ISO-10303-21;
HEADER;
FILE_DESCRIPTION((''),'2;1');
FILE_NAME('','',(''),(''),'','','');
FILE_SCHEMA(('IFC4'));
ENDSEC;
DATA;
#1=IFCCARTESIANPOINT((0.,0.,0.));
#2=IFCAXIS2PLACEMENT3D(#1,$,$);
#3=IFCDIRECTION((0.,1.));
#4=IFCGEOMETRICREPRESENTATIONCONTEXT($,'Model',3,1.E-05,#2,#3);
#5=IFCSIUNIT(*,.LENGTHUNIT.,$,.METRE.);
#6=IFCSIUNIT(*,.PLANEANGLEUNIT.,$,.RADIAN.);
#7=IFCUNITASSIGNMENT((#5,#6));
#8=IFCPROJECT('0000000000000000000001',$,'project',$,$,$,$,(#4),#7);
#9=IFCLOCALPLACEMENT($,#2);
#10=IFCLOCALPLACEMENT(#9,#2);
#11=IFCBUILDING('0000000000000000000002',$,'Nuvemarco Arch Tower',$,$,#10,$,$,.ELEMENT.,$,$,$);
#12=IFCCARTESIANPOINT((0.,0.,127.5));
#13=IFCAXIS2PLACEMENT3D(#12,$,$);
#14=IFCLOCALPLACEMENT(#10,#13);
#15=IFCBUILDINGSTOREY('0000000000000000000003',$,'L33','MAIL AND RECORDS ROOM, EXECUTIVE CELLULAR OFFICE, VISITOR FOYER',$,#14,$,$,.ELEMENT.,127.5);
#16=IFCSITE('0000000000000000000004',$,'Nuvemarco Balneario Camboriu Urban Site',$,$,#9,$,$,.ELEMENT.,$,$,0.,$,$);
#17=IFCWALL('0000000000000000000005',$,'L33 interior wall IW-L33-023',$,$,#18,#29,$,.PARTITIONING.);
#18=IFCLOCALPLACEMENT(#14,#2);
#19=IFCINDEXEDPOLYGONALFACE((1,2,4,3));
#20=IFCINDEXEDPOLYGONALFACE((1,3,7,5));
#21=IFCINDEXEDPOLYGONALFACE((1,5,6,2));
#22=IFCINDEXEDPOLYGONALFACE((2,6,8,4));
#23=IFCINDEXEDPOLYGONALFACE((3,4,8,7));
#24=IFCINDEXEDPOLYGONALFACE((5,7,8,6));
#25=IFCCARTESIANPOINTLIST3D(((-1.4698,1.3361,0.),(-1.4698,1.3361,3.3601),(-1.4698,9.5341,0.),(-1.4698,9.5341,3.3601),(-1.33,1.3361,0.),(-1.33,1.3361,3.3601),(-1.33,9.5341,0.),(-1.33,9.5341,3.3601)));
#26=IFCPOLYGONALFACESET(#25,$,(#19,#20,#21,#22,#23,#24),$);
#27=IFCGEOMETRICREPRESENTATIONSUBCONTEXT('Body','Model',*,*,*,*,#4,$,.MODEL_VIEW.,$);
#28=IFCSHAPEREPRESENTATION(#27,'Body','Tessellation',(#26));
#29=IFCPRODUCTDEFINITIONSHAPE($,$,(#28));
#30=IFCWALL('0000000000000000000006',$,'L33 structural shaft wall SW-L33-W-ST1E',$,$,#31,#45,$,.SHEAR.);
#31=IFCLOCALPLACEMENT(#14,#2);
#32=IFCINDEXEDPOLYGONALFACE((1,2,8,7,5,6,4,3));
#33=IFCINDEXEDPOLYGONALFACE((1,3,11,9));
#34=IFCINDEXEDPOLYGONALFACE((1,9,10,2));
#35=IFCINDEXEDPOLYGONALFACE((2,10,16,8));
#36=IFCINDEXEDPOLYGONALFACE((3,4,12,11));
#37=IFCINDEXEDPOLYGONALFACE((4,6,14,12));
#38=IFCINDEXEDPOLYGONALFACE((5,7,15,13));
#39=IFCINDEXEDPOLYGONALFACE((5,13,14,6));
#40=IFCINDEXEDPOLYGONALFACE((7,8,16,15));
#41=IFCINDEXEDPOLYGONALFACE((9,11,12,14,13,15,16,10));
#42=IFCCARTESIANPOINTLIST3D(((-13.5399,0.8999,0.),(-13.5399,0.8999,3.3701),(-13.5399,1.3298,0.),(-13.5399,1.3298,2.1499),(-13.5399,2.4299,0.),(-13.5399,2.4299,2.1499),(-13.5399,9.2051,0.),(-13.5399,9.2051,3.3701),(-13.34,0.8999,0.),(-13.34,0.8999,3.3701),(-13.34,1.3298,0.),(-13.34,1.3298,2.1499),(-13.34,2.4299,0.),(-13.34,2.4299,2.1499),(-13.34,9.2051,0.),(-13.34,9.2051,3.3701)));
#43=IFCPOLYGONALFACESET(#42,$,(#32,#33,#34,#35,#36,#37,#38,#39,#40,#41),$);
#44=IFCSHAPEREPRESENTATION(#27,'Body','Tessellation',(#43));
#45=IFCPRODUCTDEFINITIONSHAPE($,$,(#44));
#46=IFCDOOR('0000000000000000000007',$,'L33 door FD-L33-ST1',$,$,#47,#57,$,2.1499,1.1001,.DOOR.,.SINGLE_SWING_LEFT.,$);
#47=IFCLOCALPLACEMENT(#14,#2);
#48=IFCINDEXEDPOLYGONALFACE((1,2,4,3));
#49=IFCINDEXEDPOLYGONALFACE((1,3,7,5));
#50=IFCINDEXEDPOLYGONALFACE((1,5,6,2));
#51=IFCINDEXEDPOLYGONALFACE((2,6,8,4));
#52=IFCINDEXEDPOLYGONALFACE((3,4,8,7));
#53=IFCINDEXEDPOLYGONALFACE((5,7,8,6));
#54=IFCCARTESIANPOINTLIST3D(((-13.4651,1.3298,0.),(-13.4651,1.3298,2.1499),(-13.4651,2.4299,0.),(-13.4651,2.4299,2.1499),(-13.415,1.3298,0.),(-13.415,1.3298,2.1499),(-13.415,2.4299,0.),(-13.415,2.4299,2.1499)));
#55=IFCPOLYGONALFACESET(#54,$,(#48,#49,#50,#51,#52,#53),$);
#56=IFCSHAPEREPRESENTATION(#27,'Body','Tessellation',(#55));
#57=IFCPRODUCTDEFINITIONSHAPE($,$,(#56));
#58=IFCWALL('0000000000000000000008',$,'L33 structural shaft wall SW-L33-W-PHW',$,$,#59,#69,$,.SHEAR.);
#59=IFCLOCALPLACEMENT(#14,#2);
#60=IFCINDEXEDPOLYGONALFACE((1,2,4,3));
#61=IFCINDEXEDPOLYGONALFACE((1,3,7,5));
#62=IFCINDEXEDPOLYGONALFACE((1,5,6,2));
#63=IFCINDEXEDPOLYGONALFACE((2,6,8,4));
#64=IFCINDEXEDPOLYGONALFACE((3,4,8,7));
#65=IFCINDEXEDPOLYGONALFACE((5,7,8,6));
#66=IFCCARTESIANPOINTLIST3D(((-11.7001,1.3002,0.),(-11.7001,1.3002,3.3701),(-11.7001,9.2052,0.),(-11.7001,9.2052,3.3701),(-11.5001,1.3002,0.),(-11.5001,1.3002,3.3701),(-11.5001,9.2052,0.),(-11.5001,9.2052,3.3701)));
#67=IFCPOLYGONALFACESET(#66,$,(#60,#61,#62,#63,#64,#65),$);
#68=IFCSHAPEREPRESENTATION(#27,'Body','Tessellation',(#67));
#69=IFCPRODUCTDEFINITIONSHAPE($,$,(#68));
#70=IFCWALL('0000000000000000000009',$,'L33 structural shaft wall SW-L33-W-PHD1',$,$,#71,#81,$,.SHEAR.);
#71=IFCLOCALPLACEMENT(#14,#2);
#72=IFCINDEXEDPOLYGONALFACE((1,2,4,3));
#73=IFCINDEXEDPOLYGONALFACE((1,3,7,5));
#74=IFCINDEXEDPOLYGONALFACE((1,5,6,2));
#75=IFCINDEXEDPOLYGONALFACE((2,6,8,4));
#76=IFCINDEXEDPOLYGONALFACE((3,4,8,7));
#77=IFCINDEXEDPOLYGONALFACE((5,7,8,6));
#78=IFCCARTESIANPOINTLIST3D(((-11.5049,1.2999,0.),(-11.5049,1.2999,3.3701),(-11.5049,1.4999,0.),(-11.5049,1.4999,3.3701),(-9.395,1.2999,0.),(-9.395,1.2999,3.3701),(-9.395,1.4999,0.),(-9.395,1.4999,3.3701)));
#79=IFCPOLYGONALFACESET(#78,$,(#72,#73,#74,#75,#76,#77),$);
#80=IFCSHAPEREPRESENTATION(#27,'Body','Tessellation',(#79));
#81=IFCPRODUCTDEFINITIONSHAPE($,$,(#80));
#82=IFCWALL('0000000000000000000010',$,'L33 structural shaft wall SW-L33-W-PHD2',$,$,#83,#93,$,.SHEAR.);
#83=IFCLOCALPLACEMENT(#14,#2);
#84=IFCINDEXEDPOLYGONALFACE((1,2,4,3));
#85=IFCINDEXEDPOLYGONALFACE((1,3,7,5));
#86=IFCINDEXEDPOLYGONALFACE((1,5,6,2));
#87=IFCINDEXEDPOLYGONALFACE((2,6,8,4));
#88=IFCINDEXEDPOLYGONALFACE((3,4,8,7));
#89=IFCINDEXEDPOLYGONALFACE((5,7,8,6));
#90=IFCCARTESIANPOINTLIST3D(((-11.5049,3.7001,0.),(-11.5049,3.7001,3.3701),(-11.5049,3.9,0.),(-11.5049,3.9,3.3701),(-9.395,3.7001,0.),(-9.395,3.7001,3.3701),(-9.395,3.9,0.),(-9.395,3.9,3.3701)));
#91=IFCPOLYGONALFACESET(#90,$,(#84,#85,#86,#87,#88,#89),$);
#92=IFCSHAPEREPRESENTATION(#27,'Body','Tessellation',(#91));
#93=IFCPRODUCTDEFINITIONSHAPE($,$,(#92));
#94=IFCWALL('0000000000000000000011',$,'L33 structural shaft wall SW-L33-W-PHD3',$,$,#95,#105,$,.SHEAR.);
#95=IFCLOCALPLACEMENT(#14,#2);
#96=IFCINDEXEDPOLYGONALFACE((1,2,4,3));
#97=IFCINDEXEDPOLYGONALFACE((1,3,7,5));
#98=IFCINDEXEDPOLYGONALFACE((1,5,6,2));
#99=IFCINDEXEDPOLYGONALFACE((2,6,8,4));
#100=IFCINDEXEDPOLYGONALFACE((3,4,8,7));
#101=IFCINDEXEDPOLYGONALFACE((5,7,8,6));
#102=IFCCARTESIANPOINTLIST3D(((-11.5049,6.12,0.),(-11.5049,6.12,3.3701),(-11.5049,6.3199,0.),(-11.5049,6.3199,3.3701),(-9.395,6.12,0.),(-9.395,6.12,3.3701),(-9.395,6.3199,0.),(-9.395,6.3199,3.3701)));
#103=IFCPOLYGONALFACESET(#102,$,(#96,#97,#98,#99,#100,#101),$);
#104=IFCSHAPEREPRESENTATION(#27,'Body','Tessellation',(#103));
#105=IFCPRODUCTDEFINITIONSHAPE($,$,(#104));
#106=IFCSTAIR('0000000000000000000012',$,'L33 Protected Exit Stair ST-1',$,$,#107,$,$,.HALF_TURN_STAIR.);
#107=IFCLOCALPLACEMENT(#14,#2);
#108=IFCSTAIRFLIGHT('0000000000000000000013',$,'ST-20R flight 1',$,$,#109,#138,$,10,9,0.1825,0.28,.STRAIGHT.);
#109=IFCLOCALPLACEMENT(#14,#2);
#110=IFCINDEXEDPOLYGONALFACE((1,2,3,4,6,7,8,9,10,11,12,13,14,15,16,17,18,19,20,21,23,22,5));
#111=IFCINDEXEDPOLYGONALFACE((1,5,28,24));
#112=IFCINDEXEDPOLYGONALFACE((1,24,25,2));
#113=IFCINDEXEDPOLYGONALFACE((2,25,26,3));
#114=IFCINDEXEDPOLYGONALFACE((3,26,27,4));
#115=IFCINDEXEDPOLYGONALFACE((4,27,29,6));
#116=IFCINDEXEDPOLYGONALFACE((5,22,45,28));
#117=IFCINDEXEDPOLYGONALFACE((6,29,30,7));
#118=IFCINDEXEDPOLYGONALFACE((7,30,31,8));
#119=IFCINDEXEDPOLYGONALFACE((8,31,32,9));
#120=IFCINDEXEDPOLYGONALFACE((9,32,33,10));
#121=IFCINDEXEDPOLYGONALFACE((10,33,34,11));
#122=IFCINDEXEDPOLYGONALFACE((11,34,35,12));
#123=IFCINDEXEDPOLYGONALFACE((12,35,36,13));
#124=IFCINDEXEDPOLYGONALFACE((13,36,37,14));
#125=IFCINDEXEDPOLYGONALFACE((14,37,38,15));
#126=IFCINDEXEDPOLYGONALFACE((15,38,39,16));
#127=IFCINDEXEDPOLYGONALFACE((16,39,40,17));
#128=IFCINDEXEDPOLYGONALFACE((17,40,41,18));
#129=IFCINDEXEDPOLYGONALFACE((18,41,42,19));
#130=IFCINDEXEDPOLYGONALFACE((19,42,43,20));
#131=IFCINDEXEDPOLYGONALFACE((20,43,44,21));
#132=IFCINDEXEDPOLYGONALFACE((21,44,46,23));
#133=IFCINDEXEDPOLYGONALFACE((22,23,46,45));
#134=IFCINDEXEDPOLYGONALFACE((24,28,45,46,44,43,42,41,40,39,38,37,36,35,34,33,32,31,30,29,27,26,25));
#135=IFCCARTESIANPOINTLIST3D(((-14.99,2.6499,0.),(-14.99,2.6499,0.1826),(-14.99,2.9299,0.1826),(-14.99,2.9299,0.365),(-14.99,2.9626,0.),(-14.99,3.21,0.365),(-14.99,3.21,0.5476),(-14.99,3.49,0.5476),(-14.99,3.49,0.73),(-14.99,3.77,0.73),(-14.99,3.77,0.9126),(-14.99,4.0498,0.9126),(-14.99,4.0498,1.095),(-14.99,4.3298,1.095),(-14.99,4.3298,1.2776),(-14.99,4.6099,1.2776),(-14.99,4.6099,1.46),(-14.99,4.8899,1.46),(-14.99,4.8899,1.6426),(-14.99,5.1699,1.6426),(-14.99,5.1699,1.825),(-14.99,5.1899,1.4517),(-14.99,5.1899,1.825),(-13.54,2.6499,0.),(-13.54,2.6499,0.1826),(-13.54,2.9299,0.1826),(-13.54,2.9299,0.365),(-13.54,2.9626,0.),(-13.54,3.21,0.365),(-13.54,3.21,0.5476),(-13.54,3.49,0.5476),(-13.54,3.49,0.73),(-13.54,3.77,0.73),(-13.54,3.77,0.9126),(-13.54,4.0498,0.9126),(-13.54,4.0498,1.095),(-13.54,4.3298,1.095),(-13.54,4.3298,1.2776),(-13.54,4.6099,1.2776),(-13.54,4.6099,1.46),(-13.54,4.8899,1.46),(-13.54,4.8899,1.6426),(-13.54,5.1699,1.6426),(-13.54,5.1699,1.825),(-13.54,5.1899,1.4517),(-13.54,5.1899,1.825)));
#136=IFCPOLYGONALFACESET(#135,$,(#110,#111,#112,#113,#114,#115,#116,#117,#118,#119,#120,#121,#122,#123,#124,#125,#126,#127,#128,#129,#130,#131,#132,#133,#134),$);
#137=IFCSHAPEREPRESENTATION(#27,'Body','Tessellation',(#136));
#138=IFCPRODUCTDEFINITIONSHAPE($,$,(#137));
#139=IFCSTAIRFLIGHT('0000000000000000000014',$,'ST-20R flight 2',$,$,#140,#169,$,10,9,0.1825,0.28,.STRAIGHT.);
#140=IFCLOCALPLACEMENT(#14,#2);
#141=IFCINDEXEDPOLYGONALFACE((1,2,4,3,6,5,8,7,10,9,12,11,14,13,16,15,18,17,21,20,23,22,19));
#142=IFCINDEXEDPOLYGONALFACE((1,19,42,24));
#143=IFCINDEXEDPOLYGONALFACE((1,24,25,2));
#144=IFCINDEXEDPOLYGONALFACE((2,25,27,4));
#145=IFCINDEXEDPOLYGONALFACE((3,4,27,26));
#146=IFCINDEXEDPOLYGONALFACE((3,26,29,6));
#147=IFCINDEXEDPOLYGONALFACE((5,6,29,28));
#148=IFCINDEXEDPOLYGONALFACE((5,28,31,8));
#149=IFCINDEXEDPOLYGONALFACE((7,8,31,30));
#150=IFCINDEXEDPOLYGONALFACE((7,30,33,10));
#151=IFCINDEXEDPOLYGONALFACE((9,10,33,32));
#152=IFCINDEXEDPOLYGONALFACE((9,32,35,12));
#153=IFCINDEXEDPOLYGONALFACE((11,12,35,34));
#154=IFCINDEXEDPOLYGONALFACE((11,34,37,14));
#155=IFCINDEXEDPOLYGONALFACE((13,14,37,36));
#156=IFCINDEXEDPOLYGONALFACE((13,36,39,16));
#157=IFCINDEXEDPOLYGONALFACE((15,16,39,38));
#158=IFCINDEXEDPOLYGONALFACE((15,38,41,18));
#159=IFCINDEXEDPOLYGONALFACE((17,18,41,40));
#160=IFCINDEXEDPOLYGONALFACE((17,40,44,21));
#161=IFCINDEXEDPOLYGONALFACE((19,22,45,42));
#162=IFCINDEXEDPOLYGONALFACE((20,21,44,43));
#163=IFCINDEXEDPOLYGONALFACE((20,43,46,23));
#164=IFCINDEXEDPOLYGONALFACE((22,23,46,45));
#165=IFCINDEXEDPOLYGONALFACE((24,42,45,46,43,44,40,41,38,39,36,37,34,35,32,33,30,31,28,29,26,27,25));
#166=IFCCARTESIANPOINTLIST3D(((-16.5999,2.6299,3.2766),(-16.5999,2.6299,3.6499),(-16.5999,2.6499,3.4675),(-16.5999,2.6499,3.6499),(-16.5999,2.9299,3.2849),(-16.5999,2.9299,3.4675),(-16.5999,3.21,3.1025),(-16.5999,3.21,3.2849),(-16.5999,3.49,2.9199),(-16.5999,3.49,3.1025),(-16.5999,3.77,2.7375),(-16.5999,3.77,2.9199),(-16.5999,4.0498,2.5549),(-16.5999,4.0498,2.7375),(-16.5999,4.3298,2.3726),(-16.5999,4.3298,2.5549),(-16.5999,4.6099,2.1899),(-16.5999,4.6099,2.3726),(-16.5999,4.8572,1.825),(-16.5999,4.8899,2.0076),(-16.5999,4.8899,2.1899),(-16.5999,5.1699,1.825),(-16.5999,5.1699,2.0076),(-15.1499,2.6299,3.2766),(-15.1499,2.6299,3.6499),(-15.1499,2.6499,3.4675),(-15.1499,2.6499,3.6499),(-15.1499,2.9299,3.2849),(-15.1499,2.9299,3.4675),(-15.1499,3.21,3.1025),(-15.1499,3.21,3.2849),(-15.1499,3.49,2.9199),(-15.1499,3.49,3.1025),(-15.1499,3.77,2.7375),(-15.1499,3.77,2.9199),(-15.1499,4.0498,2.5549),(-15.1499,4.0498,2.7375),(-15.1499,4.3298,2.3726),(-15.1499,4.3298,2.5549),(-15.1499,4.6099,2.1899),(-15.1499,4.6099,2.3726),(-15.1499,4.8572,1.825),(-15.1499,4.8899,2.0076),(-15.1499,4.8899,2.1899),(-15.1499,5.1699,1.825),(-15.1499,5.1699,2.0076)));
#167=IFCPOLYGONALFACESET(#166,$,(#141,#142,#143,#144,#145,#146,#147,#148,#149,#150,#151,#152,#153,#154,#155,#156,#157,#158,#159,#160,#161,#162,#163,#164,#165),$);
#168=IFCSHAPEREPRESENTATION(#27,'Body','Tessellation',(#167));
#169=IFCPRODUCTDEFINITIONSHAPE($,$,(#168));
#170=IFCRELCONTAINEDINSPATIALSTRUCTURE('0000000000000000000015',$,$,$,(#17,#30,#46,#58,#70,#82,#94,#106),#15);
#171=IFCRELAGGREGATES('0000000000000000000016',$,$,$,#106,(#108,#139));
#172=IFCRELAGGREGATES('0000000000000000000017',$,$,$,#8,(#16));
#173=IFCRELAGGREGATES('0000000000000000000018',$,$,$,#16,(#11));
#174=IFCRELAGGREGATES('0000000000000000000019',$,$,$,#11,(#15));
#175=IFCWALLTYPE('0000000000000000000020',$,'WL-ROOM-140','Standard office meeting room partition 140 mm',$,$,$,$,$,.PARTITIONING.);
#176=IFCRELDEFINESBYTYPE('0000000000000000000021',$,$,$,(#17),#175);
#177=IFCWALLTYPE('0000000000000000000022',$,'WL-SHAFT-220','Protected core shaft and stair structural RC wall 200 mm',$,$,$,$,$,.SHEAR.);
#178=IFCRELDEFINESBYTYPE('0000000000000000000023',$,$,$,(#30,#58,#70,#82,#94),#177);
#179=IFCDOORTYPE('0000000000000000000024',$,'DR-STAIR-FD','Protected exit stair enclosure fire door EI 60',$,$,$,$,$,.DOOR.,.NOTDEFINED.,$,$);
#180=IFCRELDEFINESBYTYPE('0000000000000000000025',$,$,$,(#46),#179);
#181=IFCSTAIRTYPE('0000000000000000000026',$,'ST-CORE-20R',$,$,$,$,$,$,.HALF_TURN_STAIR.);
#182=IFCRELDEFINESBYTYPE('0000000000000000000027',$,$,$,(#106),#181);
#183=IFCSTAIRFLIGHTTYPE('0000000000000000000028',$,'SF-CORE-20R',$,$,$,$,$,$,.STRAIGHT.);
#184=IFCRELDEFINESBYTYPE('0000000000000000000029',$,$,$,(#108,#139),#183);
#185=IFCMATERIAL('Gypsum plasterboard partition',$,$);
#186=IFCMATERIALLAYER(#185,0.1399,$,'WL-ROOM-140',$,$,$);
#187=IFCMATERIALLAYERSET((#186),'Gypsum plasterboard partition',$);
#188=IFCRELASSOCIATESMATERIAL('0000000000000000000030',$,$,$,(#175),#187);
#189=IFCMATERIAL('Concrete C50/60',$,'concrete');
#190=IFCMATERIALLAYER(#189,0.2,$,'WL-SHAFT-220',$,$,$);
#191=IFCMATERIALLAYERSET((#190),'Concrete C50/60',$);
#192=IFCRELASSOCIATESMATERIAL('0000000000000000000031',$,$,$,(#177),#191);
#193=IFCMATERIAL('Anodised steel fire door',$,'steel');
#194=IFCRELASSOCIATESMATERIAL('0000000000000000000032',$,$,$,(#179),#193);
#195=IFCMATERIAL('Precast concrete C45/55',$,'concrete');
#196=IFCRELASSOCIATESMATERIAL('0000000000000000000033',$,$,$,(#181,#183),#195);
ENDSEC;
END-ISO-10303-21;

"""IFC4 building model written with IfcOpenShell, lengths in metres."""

from ifc_helpers import new_model, si_unit, direction, frame, frame_2d, origin, place, context, subcontext, project, spatial, polyline, rectangle, outline, extrude, source, transform, mapped, material, layer, layer_set, type_object, type_shapes, element, fill, aggregate, save


model = new_model("IFC4")

# Units and contexts
model_context = context("Model", 3, precision=1e-05, world=origin(), true_north=direction((0.0, 1.0)))
body_context = subcontext(model_context, "Body", "Model", "MODEL_VIEW")
ifc_project = project(units=[si_unit("LENGTHUNIT", "METRE"), si_unit("PLANEANGLEUNIT", "RADIAN")], contexts=[model_context])

# Site, building, storey
site_placement = place(None, origin())
site = spatial("IfcSite", under=ifc_project, at=site_placement, Name="Nuvemarco Balneario Camboriu Urban Site", CompositionType="ELEMENT", RefElevation=0.0)
building_placement = place(site_placement, origin())
building = spatial("IfcBuilding", under=site, at=building_placement, Name="Nuvemarco Arch Tower", CompositionType="ELEMENT")
storey_placement = place(building_placement, frame((0.0, 0.0, 127.5)))
storey = spatial("IfcBuildingStorey", under=building, at=storey_placement, Name="L33", Description="MAIL AND RECORDS ROOM, EXECUTIVE CELLULAR OFFICE, VISITOR FOYER", CompositionType="ELEMENT", Elevation=127.5)

# Shared definitions
ifc_material_1 = material(Name="Concrete C50/60", Category="concrete")

# Shared definitions
ifc_material_2 = material(Name="Precast concrete C45/55", Category="concrete")

# Wall
ifc_material_3 = material(Name="Gypsum plasterboard partition")
ifc_layer_1 = layer(ifc_material_3, 0.1399, Name="WL-ROOM-140")
ifc_layer_set_1 = layer_set([ifc_layer_1], Name="Gypsum plasterboard partition")
wall_type_1 = type_object("IfcWallType", Name="WL-ROOM-140", Description="Standard office meeting room partition 140 mm", PredefinedType="PARTITIONING", material=ifc_layer_set_1)
wall_1_placement = place(storey_placement, frame((-1.3999, 1.3359, 0.0), z_axis=(0.0, 0.0, 1.0), x_axis=(0.0, 1.0, 0.0)))
element("IfcWall", 1, at=wall_1_placement, inside=storey, type_object=wall_type_1, Name="L33 interior wall IW-L33-023", PredefinedType="PARTITIONING", context=body_context, shape_type="SweptSolid", body=[
    extrude(rectangle(XDim=8.198, YDim=0.1399, at=frame_2d((4.0991, 0.0))), origin(), (0.0, 0.0, 1.0), 3.3601),
])

# Wall, opening, door
ifc_layer_2 = layer(ifc_material_1, 0.2, Name="WL-SHAFT-220")
ifc_layer_set_2 = layer_set([ifc_layer_2], Name="Concrete C50/60")
wall_type_2 = type_object("IfcWallType", Name="WL-SHAFT-220", Description="Protected core shaft and stair structural RC wall 200 mm", PredefinedType="SHEAR", material=ifc_layer_set_2)
wall_2_placement = place(storey_placement, frame((-13.4399, 0.8999, 0.0), z_axis=(0.0, 0.0, 1.0), x_axis=(0.0, 1.0, 0.0)))
wall_2 = element("IfcWall", 2, at=wall_2_placement, inside=storey, type_object=wall_type_2, Name="L33 structural shaft wall SW-L33-W-ST1E", PredefinedType="SHEAR", context=body_context, shape_type="SweptSolid", body=[
    extrude(rectangle(XDim=8.3052, YDim=0.2, at=frame_2d((4.1526, 0.0))), origin(), (0.0, 0.0, 1.0), 3.3701),
])
opening_1_placement = place(wall_2_placement, frame((1.53, 0.0, 0.0), z_axis=(0.0, 0.0, 1.0), x_axis=(-1.0, 0.0, 0.0)))
opening_1 = element("IfcOpeningElement", 3, at=opening_1_placement, cuts=wall_2, PredefinedType="OPENING", context=body_context, shape_type="SweptSolid", body=[
    extrude(rectangle(XDim=1.1001, YDim=2.1499, at=frame_2d((0.55, 1.075))), frame((0.0, 0.1099, 0.0), z_axis=(0.0, -1.0, 0.0), x_axis=(1.0, 0.0, 0.0)), (0.0, 0.0, 1.0), 0.22),
])
ifc_material_4 = material(Name="Anodised steel fire door", Category="steel")
door_type_1 = type_object("IfcDoorType", Name="DR-STAIR-FD", Description="Protected exit stair enclosure fire door EI 60", OperationType="NOTDEFINED", PredefinedType="DOOR", material=ifc_material_4)
shared_shape_1 = source(origin(), body_context, "Body", "SweptSolid", [
    extrude(rectangle(XDim=1.1001, YDim=2.1499, at=frame_2d((0.55, 1.075))), frame((0.0, 0.0249, 0.0), z_axis=(0.0, -1.0, 0.0), x_axis=(1.0, 0.0, 0.0)), (0.0, 0.0, 1.0), 0.05),
])
type_shapes(door_type_1, [shared_shape_1])
door_1_placement = place(opening_1_placement, origin())
door_1 = element("IfcDoor", 4, at=door_1_placement, inside=storey, type_object=door_type_1, Name="L33 door FD-L33-ST1", OperationType="SINGLE_SWING_LEFT", OverallHeight=2.1499, OverallWidth=1.1001, PredefinedType="DOOR", context=body_context, shape_type="MappedRepresentation", body=[
    mapped(shared_shape_1, transform((0.0, 0.0, 0.0), scale=1.0)),
])
fill(opening_1, door_1)

# Walls
wall_3_placement = place(storey_placement, frame((-11.6001, 1.3, 0.0), z_axis=(0.0, 0.0, 1.0), x_axis=(0.0, 1.0, 0.0)))
element("IfcWall", 5, at=wall_3_placement, inside=storey, type_object=wall_type_2, Name="L33 structural shaft wall SW-L33-W-PHW", PredefinedType="SHEAR", context=body_context, shape_type="SweptSolid", body=[
    extrude(rectangle(XDim=7.905, YDim=0.2, at=frame_2d((3.9526, 0.0))), origin(), (0.0, 0.0, 1.0), 3.3701),
])
for number, where, z_axis, x_axis, name in (
    (6, (-11.5049, 1.3999, 0.0), (0.0, 0.0, 1.0), (1.0, 0.0, 0.0), "L33 structural shaft wall SW-L33-W-PHD1"),
    (7, (-11.5049, 3.8, 0.0), (0.0, 0.0, 1.0), (1.0, 0.0, 0.0), "L33 structural shaft wall SW-L33-W-PHD2"),
    (8, (-11.5049, 6.22, 0.0), (0.0, 0.0, 1.0), (1.0, 0.0, 0.0), "L33 structural shaft wall SW-L33-W-PHD3"),
):
    element("IfcWall", number, at=place(storey_placement, frame(where, z_axis=z_axis, x_axis=x_axis)), inside=storey, type_object=wall_type_2, Name=name, PredefinedType="SHEAR", context=body_context, shape_type="SweptSolid", body=[
        extrude(rectangle(XDim=2.1099, YDim=0.2, at=frame_2d((1.0549, 0.0))), origin(), (0.0, 0.0, 1.0), 3.3701),
    ])

# Stair, stair flights
stair_type = type_object("IfcStairType", Name="ST-CORE-20R", PredefinedType="HALF_TURN_STAIR", material=ifc_material_2)
stair_placement = place(storey_placement, origin())
stair = element("IfcStair", 9, at=stair_placement, inside=storey, type_object=stair_type, Name="L33 Protected Exit Stair ST-1", PredefinedType="HALF_TURN_STAIR")
stair_flight_type = type_object("IfcStairFlightType", Name="SF-CORE-20R", PredefinedType="STRAIGHT", material=ifc_material_2)
stair_flight_1_placement = place(storey_placement, frame((-14.2649, 2.6499, 0.0), z_axis=(0.0, 0.0, 1.0), x_axis=(0.0, 1.0, 0.0)))
stair_flight_1 = element("IfcStairFlight", 10, at=stair_flight_1_placement, type_object=stair_flight_type, Name="ST-20R flight 1", NumberOfRisers=10, NumberOfTreads=9, PredefinedType="STRAIGHT", RiserHeight=0.1825, TreadLength=0.28, context=body_context, shape_type="SweptSolid", body=[
    extrude(outline(polyline([(0.0, 0.0), (0.0, 0.1826), (0.28, 0.1826), (0.28, 0.365), (0.5601, 0.365), (0.5601, 0.5476), (0.8401, 0.5476), (0.8401, 0.73), (1.1201, 0.73), (1.1201, 0.9126), (1.3999, 0.9126), (1.3999, 1.095), (1.6799, 1.095), (1.6799, 1.2776), (1.96, 1.2776), (1.96, 1.46), (2.24, 1.46), (2.24, 1.6426), (2.52, 1.6426), (2.52, 1.825), (2.54, 1.825), (2.54, 1.4517), (0.3127, 0.0), (0.0, 0.0)])), frame((0.0, 0.7251, 0.0), z_axis=(0.0, -1.0, 0.0), x_axis=(1.0, 0.0, 0.0)), (0.0, 0.0, 1.0), 1.45),
])
stair_flight_2_placement = place(storey_placement, frame((-15.875, 5.1699, 1.825), z_axis=(0.0, 0.0, 1.0), x_axis=(0.0, -1.0, 0.0)))
stair_flight_2 = element("IfcStairFlight", 11, at=stair_flight_2_placement, type_object=stair_flight_type, Name="ST-20R flight 2", NumberOfRisers=10, NumberOfTreads=9, PredefinedType="STRAIGHT", RiserHeight=0.1825, TreadLength=0.28, context=body_context, shape_type="SweptSolid", body=[
    extrude(outline(polyline([(0.0, 0.0), (0.0, 0.1826), (0.28, 0.1826), (0.28, 0.365), (0.5601, 0.365), (0.5601, 0.5476), (0.8401, 0.5476), (0.8401, 0.73), (1.1201, 0.73), (1.1201, 0.9126), (1.3999, 0.9126), (1.3999, 1.095), (1.6799, 1.095), (1.6799, 1.2776), (1.96, 1.2776), (1.96, 1.46), (2.24, 1.46), (2.24, 1.6426), (2.52, 1.6426), (2.52, 1.825), (2.54, 1.825), (2.54, 1.4517), (0.3127, 0.0), (0.0, 0.0)])), frame((0.0, 0.7251, 0.0), z_axis=(0.0, -1.0, 0.0), x_axis=(1.0, 0.0, 0.0)), (0.0, 0.0, 1.0), 1.45),
])
aggregate(stair, [stair_flight_1, stair_flight_2])

save(model, "model.ifc")
